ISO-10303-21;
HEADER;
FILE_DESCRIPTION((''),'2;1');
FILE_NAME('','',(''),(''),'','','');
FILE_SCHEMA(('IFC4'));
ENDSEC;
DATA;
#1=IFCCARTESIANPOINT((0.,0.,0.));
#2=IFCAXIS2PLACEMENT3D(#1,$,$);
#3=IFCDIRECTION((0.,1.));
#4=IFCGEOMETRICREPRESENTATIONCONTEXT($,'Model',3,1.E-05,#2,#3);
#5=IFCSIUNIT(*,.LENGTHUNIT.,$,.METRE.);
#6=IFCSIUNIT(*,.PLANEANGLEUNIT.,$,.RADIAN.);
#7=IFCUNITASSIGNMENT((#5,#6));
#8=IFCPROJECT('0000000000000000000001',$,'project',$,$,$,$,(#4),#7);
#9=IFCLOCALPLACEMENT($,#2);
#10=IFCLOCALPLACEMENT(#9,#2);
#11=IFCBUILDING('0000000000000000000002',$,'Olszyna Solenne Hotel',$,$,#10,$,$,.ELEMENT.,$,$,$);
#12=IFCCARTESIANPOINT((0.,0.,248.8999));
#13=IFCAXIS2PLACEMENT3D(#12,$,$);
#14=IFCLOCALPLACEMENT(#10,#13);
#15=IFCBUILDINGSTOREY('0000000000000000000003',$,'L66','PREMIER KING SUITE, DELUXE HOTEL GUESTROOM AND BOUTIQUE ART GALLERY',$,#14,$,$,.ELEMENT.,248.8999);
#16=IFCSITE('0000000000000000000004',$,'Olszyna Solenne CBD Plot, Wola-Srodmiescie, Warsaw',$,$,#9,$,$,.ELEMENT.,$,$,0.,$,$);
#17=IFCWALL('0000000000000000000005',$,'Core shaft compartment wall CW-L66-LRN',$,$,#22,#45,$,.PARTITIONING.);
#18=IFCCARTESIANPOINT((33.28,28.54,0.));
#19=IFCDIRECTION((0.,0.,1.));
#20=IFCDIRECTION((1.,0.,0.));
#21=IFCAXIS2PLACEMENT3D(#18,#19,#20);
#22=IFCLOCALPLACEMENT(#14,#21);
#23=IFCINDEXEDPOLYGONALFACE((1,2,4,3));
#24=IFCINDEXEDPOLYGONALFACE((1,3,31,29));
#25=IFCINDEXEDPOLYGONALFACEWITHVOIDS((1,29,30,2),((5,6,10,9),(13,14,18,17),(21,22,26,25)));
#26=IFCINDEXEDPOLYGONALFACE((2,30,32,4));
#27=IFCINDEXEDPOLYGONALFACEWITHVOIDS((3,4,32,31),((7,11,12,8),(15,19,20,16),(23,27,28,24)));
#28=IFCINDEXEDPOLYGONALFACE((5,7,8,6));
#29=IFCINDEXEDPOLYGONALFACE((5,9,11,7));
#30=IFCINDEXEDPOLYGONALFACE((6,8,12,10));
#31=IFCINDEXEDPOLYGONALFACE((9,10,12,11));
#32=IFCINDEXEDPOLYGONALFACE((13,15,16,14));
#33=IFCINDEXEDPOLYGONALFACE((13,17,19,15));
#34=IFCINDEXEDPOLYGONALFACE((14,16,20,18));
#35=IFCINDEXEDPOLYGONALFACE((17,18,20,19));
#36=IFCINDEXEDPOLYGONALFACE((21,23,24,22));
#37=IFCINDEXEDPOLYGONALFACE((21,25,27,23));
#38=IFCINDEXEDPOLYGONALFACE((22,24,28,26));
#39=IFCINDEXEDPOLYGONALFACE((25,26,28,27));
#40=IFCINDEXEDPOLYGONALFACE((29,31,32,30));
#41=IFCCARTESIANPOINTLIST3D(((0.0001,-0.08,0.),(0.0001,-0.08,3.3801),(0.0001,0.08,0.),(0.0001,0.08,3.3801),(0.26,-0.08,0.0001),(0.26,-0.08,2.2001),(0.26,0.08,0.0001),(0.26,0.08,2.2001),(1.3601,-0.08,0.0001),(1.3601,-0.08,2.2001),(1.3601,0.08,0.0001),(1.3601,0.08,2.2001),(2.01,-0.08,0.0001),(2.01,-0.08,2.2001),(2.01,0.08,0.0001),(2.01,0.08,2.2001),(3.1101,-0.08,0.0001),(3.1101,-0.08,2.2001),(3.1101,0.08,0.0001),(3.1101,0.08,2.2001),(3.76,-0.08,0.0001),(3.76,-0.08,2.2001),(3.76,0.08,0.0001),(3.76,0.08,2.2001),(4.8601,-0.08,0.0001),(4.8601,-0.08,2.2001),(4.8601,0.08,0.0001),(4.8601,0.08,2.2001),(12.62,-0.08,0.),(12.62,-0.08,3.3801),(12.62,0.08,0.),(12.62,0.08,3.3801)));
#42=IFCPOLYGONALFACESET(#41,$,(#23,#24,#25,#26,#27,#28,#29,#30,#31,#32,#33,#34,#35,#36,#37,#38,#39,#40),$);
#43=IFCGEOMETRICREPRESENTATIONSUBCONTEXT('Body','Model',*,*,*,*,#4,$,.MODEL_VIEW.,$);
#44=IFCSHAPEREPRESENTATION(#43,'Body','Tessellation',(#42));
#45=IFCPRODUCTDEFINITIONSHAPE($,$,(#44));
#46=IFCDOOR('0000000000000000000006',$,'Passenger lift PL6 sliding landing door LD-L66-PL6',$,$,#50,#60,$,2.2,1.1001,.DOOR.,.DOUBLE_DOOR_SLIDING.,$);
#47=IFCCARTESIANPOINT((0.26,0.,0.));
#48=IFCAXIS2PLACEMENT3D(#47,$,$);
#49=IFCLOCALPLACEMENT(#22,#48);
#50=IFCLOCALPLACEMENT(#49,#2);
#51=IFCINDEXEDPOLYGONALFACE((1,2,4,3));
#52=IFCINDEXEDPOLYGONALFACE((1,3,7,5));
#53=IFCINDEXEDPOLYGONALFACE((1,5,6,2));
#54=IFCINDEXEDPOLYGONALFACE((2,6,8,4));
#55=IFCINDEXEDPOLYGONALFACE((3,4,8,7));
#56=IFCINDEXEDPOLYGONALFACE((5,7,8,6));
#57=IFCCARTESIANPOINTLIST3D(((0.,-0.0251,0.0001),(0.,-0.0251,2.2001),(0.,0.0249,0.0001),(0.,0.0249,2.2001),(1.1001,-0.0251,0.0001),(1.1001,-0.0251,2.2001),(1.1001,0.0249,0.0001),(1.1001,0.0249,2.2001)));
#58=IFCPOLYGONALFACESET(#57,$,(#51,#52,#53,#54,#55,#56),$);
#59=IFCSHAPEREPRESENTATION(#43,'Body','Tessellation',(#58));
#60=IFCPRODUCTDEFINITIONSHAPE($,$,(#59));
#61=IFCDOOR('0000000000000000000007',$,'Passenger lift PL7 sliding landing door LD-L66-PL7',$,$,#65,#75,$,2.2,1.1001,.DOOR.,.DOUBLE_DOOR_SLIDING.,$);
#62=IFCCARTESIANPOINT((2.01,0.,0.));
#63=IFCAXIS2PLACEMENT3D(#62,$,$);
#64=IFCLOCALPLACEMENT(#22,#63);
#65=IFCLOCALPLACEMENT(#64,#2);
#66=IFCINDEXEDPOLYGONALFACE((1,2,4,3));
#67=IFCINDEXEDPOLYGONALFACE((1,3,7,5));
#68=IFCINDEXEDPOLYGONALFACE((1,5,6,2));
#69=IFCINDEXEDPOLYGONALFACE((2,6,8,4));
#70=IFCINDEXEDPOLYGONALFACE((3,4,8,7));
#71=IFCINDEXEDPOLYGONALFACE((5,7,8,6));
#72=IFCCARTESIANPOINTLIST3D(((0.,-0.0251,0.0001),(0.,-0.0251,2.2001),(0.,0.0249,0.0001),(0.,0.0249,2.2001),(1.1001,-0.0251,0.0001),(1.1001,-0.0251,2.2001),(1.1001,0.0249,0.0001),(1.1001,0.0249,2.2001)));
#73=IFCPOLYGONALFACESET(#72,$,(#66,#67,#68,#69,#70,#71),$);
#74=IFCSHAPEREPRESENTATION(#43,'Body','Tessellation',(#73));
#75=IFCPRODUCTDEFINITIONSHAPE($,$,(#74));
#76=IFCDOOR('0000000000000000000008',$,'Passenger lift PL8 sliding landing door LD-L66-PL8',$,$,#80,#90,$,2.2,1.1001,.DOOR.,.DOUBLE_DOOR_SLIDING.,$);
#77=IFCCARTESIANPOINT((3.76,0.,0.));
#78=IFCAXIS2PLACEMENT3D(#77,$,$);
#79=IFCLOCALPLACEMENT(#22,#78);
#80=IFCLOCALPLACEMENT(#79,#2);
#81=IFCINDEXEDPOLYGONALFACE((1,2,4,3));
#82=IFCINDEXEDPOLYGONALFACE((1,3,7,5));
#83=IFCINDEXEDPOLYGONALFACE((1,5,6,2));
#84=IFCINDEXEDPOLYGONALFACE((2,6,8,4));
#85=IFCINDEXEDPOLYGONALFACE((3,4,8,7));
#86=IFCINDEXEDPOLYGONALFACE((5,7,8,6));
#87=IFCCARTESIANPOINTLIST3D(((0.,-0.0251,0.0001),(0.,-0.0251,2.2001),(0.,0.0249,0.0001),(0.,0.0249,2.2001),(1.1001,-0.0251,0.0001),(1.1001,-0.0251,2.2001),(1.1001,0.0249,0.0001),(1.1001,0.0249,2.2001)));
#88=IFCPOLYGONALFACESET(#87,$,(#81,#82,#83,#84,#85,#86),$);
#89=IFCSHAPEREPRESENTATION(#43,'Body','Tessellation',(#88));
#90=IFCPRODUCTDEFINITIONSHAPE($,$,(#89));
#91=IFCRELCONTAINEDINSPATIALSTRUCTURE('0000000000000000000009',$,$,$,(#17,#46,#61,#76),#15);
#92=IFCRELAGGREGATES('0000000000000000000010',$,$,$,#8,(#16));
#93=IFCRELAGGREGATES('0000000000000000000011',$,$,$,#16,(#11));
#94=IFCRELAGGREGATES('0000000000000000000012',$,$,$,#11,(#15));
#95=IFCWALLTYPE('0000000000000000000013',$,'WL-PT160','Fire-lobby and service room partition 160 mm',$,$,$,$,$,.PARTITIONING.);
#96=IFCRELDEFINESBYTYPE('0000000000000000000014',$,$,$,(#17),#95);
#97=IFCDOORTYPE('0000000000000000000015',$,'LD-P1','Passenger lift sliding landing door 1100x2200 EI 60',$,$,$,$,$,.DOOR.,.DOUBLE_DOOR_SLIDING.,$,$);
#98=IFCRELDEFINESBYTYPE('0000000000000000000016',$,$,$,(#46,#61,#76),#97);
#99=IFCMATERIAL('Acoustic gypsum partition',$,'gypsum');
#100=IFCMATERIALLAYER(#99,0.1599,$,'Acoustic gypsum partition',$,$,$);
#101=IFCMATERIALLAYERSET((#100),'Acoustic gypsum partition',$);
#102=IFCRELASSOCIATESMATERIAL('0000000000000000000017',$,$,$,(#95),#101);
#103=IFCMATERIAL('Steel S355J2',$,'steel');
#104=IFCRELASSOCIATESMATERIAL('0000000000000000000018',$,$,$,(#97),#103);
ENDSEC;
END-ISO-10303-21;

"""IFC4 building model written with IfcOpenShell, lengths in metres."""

from ifc_helpers import new_model, si_unit, direction, frame, frame_2d, origin, place, context, subcontext, project, spatial, rectangle, extrude, source, transform, mapped, material, layer, layer_set, type_object, type_shapes, element, fill, save


model = new_model("IFC4")

# Units and contexts
model_context = context("Model", 3, precision=1e-05, world=origin(), true_north=direction((0.0, 1.0)))
body_context = subcontext(model_context, "Body", "Model", "MODEL_VIEW")
ifc_project = project(units=[si_unit("LENGTHUNIT", "METRE"), si_unit("PLANEANGLEUNIT", "RADIAN")], contexts=[model_context])

# Site, building, storey
site_placement = place(None, origin())
site = spatial("IfcSite", under=ifc_project, at=site_placement, Name="Olszyna Solenne CBD Plot, Wola-Srodmiescie, Warsaw", CompositionType="ELEMENT", RefElevation=0.0)
building_placement = place(site_placement, origin())
building = spatial("IfcBuilding", under=site, at=building_placement, Name="Olszyna Solenne Hotel", CompositionType="ELEMENT")
storey_placement = place(building_placement, frame((0.0, 0.0, 248.8999)))
storey = spatial("IfcBuildingStorey", under=building, at=storey_placement, Name="L66", Description="PREMIER KING SUITE, DELUXE HOTEL GUESTROOM AND BOUTIQUE ART GALLERY", CompositionType="ELEMENT", Elevation=248.8999)

# Shared definitions
ifc_material_1 = material(Name="Steel S355J2", Category="steel")

# Shared definitions
ifc_material_2 = material(Name="Acoustic gypsum partition", Category="gypsum")
ifc_layer_1 = layer(ifc_material_2, 0.1599, Name="Acoustic gypsum partition")
ifc_layer_set_1 = layer_set([ifc_layer_1], Name="Acoustic gypsum partition")
wall_type_1 = type_object("IfcWallType", Name="WL-PT160", Description="Fire-lobby and service room partition 160 mm", PredefinedType="PARTITIONING", material=ifc_layer_set_1)

# Wall, openings, doors
door_type_1 = type_object("IfcDoorType", Name="LD-P1", Description="Passenger lift sliding landing door 1100x2200 EI 60", OperationType="DOUBLE_DOOR_SLIDING", PredefinedType="DOOR", material=ifc_material_1)
shared_shape_1 = source(origin(), body_context, "Body", "SweptSolid", [
    extrude(rectangle(XDim=1.1001, YDim=2.2, at=frame_2d((0.55, 1.1001))), frame((0.0, 0.0249, 0.0), z_axis=(0.0, -1.0, 0.0), x_axis=(1.0, 0.0, 0.0)), (0.0, 0.0, 1.0), 0.05),
])
type_shapes(door_type_1, [shared_shape_1])
wall_1_placement = place(storey_placement, frame((33.28, 28.54, 0.0), z_axis=(0.0, 0.0, 1.0), x_axis=(1.0, 0.0, 0.0)))
wall_1 = element("IfcWall", 1, at=wall_1_placement, inside=storey, type_object=wall_type_1, Name="Core shaft compartment wall CW-L66-LRN", PredefinedType="PARTITIONING", context=body_context, shape_type="SweptSolid", body=[
    extrude(rectangle(XDim=12.6199, YDim=0.1599, at=frame_2d((6.3101, 0.0))), origin(), (0.0, 0.0, 1.0), 3.3801),
])
opening_1_placement = place(wall_1_placement, frame((0.26, 0.0, 0.0)))
opening_1 = element("IfcOpeningElement", 2, at=opening_1_placement, cuts=wall_1, PredefinedType="OPENING", context=body_context, shape_type="SweptSolid", body=[
    extrude(rectangle(XDim=1.1001, YDim=2.2, at=frame_2d((0.55, 1.1001))), frame((0.0, 0.0898, 0.0), z_axis=(0.0, -1.0, 0.0), x_axis=(1.0, 0.0, 0.0)), (0.0, 0.0, 1.0), 0.1799),
])
opening_2_placement = place(wall_1_placement, frame((2.01, 0.0, 0.0)))
opening_2 = element("IfcOpeningElement", 3, at=opening_2_placement, cuts=wall_1, PredefinedType="OPENING", context=body_context, shape_type="SweptSolid", body=[
    extrude(rectangle(XDim=1.1001, YDim=2.2, at=frame_2d((0.55, 1.1001))), frame((0.0, 0.0898, 0.0), z_axis=(0.0, -1.0, 0.0), x_axis=(1.0, 0.0, 0.0)), (0.0, 0.0, 1.0), 0.1799),
])
opening_3_placement = place(wall_1_placement, frame((3.76, 0.0, 0.0)))
opening_3 = element("IfcOpeningElement", 4, at=opening_3_placement, cuts=wall_1, PredefinedType="OPENING", context=body_context, shape_type="SweptSolid", body=[
    extrude(rectangle(XDim=1.1001, YDim=2.2, at=frame_2d((0.55, 1.1001))), frame((0.0, 0.0898, 0.0), z_axis=(0.0, -1.0, 0.0), x_axis=(1.0, 0.0, 0.0)), (0.0, 0.0, 1.0), 0.1799),
])
door_1_placement = place(opening_1_placement, origin())
door_1 = element("IfcDoor", 5, at=door_1_placement, inside=storey, type_object=door_type_1, Name="Passenger lift PL6 sliding landing door LD-L66-PL6", OperationType="DOUBLE_DOOR_SLIDING", OverallHeight=2.2, OverallWidth=1.1001, PredefinedType="DOOR", context=body_context, shape_type="MappedRepresentation", body=[
    mapped(shared_shape_1, transform((0.0, 0.0, 0.0), x_axis=(1.0, 0.0, 0.0), y_axis=(0.0, 1.0, 0.0), z_axis=(0.0, 0.0, 1.0), scale=1.0)),
])
fill(opening_1, door_1)
door_2_placement = place(opening_2_placement, origin())
door_2 = element("IfcDoor", 6, at=door_2_placement, inside=storey, type_object=door_type_1, Name="Passenger lift PL7 sliding landing door LD-L66-PL7", OperationType="DOUBLE_DOOR_SLIDING", OverallHeight=2.2, OverallWidth=1.1001, PredefinedType="DOOR", context=body_context, shape_type="MappedRepresentation", body=[
    mapped(shared_shape_1, transform((0.0, 0.0, 0.0), x_axis=(1.0, 0.0, 0.0), y_axis=(0.0, 1.0, 0.0), z_axis=(0.0, 0.0, 1.0), scale=1.0)),
])
fill(opening_2, door_2)
door_3_placement = place(opening_3_placement, origin())
door_3 = element("IfcDoor", 7, at=door_3_placement, inside=storey, type_object=door_type_1, Name="Passenger lift PL8 sliding landing door LD-L66-PL8", OperationType="DOUBLE_DOOR_SLIDING", OverallHeight=2.2, OverallWidth=1.1001, PredefinedType="DOOR", context=body_context, shape_type="MappedRepresentation", body=[
    mapped(shared_shape_1, transform((0.0, 0.0, 0.0), x_axis=(1.0, 0.0, 0.0), y_axis=(0.0, 1.0, 0.0), z_axis=(0.0, 0.0, 1.0), scale=1.0)),
])
fill(opening_3, door_3)

save(model, "model.ifc")
